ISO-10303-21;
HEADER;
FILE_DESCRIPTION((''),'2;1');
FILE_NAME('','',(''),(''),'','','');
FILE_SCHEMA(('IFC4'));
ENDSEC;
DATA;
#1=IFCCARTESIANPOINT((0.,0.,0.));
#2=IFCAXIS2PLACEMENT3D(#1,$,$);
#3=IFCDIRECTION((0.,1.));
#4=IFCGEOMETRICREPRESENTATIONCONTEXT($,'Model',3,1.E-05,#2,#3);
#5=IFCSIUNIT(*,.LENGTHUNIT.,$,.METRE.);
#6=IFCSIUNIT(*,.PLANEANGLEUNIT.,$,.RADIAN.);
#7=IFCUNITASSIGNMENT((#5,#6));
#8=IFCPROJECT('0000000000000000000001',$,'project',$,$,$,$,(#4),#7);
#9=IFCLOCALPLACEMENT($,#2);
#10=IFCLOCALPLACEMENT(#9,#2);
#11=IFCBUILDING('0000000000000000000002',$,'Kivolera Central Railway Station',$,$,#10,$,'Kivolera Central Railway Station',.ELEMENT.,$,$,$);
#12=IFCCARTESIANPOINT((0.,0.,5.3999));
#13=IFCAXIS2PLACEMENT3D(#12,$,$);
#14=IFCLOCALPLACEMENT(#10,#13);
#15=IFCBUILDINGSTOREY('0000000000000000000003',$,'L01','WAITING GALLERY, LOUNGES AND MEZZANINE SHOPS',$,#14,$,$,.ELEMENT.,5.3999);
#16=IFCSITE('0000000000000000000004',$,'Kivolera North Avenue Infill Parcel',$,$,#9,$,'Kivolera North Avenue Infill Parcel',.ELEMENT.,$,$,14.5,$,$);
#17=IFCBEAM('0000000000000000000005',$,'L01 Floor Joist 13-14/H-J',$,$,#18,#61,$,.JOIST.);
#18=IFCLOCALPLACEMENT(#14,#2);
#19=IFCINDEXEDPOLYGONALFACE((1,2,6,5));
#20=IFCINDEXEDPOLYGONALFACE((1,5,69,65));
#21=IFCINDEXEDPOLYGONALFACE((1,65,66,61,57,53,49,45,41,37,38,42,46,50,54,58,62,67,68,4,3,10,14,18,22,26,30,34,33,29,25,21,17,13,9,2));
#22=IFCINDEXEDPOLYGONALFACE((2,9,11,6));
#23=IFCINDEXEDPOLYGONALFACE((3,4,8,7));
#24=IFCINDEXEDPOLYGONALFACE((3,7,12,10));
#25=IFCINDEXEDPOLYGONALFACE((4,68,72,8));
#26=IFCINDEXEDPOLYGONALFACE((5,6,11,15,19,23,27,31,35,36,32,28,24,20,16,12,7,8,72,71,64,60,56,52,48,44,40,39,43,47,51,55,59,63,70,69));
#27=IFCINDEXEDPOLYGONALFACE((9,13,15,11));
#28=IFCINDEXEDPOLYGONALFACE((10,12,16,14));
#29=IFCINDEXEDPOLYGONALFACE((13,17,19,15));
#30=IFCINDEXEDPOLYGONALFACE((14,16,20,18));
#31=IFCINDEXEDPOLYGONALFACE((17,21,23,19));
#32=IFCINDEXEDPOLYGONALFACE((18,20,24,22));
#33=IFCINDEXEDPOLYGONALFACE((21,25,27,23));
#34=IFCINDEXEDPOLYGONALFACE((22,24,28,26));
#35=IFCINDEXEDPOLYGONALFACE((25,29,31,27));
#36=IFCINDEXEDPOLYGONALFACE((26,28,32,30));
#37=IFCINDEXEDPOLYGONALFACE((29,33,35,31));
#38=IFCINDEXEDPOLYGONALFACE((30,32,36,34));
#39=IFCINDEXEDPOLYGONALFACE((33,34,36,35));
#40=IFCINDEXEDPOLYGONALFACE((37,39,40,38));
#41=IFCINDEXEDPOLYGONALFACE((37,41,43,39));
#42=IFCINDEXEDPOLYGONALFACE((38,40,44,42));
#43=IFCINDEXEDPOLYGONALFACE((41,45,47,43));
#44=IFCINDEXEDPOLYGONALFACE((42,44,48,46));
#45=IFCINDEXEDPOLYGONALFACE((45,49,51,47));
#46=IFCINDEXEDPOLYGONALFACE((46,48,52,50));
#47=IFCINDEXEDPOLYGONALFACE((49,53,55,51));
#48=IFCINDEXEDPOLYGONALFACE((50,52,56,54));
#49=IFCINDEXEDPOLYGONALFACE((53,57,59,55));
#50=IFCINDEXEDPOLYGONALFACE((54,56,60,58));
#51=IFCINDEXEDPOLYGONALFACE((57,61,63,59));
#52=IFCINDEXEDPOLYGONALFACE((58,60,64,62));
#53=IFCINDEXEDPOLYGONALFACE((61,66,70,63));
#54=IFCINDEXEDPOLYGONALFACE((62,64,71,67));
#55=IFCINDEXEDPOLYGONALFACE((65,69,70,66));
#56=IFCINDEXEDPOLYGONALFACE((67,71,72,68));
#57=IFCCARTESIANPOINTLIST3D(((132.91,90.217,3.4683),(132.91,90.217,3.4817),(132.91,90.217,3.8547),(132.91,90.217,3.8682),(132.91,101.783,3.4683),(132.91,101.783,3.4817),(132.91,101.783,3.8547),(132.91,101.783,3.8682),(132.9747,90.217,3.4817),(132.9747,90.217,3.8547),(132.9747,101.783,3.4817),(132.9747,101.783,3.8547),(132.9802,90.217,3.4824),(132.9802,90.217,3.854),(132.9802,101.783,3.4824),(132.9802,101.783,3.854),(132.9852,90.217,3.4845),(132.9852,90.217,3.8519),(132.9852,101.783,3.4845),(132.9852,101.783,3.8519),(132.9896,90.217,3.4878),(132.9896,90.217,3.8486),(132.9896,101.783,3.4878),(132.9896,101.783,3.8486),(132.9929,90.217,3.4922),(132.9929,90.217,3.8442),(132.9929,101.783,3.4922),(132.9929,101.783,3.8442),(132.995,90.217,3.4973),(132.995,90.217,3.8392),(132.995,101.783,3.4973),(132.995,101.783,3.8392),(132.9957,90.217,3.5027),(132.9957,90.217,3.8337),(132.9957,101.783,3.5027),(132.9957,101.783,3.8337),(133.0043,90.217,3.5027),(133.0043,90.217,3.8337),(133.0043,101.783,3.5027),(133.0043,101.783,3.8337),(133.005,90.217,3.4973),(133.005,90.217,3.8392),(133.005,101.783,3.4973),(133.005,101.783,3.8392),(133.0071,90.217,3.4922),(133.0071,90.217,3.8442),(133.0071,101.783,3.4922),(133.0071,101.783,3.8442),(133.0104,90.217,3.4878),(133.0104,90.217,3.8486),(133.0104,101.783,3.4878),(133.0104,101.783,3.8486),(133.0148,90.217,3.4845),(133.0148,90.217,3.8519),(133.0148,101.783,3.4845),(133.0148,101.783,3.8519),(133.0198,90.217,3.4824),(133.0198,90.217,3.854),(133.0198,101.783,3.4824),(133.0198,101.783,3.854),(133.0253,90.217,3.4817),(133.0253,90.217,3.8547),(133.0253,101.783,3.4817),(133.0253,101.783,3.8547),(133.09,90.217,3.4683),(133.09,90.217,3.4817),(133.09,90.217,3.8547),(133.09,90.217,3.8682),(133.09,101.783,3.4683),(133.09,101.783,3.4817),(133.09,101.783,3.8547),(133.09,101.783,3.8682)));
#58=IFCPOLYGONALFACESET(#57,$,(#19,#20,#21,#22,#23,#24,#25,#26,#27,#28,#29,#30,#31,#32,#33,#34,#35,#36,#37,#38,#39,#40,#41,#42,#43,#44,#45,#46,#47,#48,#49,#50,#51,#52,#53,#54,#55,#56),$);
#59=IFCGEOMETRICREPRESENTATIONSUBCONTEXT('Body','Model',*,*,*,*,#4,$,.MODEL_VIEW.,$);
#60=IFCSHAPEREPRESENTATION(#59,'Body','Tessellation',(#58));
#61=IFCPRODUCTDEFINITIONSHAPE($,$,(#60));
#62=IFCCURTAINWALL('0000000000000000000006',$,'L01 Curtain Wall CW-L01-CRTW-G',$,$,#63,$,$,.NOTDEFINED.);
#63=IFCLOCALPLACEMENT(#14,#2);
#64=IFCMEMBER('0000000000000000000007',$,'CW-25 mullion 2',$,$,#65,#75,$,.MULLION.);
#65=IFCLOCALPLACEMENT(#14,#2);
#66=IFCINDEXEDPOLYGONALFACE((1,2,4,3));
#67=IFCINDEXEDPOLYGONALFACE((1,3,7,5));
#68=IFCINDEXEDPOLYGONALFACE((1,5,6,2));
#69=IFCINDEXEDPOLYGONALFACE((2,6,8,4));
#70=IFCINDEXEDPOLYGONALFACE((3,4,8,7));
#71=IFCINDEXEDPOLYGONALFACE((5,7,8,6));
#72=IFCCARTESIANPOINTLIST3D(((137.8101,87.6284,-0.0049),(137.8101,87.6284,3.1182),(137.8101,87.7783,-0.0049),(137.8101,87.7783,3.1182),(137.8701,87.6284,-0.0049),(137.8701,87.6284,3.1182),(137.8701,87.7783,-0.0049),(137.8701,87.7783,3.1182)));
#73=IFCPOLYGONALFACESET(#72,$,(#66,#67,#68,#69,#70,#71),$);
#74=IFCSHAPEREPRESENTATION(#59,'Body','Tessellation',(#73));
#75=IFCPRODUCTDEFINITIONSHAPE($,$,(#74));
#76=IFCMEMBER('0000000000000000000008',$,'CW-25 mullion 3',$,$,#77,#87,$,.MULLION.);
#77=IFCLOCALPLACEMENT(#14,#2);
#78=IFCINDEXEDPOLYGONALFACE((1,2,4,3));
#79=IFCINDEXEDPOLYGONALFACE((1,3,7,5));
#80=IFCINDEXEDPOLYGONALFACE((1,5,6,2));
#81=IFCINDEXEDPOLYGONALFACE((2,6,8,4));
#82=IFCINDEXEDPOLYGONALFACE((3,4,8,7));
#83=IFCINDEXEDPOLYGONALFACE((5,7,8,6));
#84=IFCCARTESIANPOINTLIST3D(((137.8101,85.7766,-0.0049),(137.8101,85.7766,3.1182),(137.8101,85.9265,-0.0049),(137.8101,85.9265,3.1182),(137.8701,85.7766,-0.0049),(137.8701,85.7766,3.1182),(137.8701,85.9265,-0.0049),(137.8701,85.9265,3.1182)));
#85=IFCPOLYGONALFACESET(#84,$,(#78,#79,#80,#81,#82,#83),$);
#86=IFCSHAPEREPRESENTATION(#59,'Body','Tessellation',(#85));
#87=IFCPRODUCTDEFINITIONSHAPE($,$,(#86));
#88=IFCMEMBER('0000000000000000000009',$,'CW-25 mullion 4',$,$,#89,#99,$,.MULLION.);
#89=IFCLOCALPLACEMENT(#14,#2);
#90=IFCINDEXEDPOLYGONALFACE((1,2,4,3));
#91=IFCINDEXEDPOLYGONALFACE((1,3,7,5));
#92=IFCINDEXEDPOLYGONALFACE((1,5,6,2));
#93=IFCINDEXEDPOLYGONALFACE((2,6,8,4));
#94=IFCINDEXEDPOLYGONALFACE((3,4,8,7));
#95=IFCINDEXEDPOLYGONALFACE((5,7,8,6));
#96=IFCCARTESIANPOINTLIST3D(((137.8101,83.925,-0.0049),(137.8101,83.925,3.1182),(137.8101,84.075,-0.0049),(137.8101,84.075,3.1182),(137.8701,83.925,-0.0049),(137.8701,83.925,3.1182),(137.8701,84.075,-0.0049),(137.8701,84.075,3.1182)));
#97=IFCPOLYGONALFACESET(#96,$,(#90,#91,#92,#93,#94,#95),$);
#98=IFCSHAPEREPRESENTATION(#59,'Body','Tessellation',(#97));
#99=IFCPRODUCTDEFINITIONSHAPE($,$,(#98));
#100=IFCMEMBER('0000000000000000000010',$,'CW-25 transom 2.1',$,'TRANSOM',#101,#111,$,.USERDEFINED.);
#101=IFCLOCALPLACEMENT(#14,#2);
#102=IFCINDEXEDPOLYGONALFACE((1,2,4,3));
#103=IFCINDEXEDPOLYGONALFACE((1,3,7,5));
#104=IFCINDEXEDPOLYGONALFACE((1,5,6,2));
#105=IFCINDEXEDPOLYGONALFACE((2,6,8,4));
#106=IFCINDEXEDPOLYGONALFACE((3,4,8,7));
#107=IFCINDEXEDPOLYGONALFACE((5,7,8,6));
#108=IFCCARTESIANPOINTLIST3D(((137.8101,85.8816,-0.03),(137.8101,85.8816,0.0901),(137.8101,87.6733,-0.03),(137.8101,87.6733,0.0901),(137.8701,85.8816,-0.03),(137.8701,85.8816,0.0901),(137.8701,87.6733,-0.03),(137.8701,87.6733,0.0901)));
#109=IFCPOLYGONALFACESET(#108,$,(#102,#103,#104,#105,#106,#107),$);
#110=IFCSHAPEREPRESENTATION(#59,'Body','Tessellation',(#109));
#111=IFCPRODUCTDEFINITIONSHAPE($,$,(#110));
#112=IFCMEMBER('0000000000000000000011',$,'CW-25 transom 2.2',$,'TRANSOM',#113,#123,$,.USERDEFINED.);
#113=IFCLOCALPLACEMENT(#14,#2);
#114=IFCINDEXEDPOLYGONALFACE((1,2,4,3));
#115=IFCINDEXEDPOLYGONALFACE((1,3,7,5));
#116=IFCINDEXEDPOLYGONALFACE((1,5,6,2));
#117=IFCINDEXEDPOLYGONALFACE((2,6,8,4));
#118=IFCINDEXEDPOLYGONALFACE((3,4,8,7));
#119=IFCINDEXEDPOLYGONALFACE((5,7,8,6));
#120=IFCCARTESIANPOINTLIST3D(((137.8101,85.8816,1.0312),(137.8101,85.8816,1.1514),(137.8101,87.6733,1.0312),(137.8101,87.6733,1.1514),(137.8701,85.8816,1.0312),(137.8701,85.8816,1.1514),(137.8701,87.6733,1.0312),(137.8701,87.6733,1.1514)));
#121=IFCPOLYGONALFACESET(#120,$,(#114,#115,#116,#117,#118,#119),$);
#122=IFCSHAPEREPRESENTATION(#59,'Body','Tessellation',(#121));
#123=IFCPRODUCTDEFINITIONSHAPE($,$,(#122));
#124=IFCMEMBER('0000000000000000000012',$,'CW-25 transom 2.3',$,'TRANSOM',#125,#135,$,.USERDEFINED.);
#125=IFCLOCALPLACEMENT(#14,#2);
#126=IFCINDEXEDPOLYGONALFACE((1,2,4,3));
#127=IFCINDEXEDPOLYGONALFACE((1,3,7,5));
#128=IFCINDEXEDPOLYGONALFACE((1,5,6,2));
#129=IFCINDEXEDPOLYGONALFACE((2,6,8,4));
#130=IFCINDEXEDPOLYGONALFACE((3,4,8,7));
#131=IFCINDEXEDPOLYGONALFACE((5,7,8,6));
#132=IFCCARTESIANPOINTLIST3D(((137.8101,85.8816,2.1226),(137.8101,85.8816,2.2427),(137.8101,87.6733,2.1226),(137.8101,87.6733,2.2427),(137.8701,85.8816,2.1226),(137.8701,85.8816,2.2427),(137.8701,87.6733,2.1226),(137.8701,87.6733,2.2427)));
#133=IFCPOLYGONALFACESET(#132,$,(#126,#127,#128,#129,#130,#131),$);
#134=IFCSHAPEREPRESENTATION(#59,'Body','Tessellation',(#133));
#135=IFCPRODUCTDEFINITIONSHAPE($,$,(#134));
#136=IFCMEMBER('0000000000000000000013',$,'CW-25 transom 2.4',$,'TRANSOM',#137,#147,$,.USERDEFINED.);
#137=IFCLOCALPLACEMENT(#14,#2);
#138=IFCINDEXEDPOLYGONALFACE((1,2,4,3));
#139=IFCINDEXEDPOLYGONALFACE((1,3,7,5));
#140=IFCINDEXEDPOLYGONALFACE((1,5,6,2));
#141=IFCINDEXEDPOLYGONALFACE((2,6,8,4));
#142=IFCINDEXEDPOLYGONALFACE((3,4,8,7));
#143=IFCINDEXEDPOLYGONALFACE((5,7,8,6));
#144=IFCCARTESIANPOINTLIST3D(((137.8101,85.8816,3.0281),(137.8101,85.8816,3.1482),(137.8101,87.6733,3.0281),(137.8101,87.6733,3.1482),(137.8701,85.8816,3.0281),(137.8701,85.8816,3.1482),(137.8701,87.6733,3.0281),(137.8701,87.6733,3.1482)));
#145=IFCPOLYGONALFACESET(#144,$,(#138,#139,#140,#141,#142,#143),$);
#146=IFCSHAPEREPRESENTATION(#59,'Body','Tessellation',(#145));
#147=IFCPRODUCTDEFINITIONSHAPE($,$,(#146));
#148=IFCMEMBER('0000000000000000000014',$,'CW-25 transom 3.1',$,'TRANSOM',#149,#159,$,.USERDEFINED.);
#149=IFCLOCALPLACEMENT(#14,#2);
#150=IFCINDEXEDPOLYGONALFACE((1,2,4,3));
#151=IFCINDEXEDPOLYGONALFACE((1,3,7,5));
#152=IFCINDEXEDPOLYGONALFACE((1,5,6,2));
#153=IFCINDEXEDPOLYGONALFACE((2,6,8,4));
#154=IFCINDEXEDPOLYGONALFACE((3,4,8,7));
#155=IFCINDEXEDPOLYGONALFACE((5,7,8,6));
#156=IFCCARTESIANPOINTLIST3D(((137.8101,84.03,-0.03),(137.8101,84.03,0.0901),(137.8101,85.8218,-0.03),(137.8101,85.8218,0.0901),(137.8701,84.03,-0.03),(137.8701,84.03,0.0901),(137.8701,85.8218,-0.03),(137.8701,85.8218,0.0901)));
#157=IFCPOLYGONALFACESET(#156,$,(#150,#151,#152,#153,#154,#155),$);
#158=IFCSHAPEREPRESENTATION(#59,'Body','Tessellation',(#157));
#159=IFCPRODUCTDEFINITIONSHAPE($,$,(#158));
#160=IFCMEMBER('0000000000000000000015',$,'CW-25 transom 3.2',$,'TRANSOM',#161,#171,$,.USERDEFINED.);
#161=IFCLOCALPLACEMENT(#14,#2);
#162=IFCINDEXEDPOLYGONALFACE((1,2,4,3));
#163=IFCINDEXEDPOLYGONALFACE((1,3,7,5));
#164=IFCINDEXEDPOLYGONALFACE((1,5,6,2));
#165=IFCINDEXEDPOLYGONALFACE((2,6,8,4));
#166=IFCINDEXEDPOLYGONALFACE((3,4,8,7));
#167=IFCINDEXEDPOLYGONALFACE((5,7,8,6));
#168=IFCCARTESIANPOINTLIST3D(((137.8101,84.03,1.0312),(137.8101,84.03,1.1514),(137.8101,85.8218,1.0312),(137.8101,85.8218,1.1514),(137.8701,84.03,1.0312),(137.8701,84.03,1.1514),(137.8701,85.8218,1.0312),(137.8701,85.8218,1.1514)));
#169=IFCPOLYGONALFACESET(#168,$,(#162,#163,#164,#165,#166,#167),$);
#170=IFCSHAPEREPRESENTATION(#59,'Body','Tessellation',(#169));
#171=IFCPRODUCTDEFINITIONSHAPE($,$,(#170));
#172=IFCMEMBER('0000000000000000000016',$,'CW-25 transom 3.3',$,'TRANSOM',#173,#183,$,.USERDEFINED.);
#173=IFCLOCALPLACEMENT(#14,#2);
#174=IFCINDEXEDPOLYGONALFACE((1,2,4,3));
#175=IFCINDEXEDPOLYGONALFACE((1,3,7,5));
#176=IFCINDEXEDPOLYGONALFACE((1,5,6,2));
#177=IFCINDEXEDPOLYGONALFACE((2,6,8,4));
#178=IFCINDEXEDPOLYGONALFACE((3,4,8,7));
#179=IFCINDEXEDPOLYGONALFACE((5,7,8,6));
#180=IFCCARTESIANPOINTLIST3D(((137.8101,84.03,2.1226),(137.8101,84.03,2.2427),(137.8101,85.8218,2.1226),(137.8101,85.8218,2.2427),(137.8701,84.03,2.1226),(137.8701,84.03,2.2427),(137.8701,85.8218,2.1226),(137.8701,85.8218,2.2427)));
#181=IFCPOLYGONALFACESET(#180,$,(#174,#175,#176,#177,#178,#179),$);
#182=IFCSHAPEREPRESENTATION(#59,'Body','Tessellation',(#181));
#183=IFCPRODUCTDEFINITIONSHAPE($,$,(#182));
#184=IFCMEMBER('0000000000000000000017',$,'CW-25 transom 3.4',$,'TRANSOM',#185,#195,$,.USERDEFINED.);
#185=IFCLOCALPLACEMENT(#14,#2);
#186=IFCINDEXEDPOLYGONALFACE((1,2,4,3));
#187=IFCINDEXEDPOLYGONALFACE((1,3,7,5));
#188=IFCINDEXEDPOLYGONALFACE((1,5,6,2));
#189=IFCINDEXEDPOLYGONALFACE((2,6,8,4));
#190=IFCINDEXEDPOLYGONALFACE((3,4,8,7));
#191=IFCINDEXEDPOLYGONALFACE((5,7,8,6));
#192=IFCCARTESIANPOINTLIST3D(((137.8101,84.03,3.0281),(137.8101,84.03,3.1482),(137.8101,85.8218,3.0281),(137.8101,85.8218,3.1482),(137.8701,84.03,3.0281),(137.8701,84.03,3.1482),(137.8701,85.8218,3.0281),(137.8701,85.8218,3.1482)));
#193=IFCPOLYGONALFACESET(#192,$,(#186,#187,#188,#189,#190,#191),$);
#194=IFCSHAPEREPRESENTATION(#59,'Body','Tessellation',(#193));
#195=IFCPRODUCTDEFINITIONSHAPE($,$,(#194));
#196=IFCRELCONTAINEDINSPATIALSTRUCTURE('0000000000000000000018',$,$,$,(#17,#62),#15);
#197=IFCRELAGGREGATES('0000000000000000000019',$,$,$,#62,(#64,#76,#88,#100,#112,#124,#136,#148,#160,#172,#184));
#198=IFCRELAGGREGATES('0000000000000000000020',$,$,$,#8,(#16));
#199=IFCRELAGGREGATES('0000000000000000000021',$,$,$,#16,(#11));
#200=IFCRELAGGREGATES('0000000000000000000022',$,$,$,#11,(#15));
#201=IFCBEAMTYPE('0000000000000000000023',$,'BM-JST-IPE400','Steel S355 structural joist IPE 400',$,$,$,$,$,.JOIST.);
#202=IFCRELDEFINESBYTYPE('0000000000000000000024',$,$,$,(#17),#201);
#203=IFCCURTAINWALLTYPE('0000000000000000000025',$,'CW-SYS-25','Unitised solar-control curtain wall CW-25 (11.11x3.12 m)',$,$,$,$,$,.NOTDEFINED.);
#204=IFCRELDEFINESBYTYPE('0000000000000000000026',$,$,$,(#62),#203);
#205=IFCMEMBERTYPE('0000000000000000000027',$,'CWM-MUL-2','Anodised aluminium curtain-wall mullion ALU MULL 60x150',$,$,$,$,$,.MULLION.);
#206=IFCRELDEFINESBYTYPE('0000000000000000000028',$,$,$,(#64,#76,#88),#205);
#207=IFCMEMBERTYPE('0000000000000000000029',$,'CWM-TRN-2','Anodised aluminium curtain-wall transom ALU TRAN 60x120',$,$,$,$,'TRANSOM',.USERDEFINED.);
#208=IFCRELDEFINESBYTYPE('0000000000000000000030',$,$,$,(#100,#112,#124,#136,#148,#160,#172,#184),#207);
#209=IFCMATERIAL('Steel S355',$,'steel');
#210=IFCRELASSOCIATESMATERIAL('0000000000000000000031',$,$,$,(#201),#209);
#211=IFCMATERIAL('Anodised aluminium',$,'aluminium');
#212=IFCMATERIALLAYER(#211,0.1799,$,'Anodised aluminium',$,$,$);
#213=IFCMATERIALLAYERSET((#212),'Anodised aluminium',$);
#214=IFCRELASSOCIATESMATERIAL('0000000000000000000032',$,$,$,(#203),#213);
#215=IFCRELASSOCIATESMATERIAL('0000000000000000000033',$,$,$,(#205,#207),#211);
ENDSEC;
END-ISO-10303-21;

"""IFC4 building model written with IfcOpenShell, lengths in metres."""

from ifc_helpers import new_model, si_unit, direction, frame, origin, origin_2d, place, context, subcontext, project, spatial, rectangle, i_section, extrude, material, layer, layer_set, material_profile, profile_set, type_object, element, aggregate, save


model = new_model("IFC4")

# Units and contexts
model_context = context("Model", 3, precision=1e-05, world=origin(), true_north=direction((0.0, 1.0)))
body_context = subcontext(model_context, "Body", "Model", "MODEL_VIEW")
ifc_project = project(units=[si_unit("LENGTHUNIT", "METRE"), si_unit("PLANEANGLEUNIT", "RADIAN")], contexts=[model_context])

# Site, building, storey
site_placement = place(None, origin())
site = spatial("IfcSite", under=ifc_project, at=site_placement, Name="Kivolera North Avenue Infill Parcel", LongName="Kivolera North Avenue Infill Parcel", CompositionType="ELEMENT", RefElevation=14.5)
building_placement = place(site_placement, origin())
building = spatial("IfcBuilding", under=site, at=building_placement, Name="Kivolera Central Railway Station", LongName="Kivolera Central Railway Station", CompositionType="ELEMENT")
storey_placement = place(building_placement, frame((0.0, 0.0, 5.3999)))
storey = spatial("IfcBuildingStorey", under=building, at=storey_placement, Name="L01", Description="WAITING GALLERY, LOUNGES AND MEZZANINE SHOPS", CompositionType="ELEMENT", Elevation=5.3999)

# Beam
ifc_material_1 = material(Name="Steel S355", Category="steel")
ifc_material_profile_1 = material_profile(ifc_material_1, i_section(OverallWidth=0.1799, OverallDepth=0.3999, WebThickness=0.0085, FlangeThickness=0.0134, FilletRadius=0.021, at=origin_2d()), Name="IPE 400")
ifc_profile_set_1 = profile_set([ifc_material_profile_1], Name="Steel S355")
beam_type = type_object("IfcBeamType", Name="BM-JST-IPE400", Description="Steel S355 structural joist IPE 400", PredefinedType="JOIST", material=ifc_profile_set_1)
beam_placement = place(storey_placement, frame((133.0, 90.217, 3.6682), z_axis=(0.0, 1.0, 0.0), x_axis=(-1.0, 0.0, 0.0)))
element("IfcBeam", 1, at=beam_placement, inside=storey, type_object=beam_type, Name="L01 Floor Joist 13-14/H-J", PredefinedType="JOIST", context=body_context, shape_type="SweptSolid", body=[
    extrude(i_section(OverallWidth=0.1799, OverallDepth=0.3999, WebThickness=0.0085, FlangeThickness=0.0134, FilletRadius=0.021, at=origin_2d()), origin(), (0.0, 0.0, 1.0), 11.5659),
])

# Curtain wall, members
ifc_material_2 = material(Name="Anodised aluminium", Category="aluminium")
ifc_layer_1 = layer(ifc_material_2, 0.1799, Name="Anodised aluminium")
ifc_layer_set_1 = layer_set([ifc_layer_1], Name="Anodised aluminium")
curtain_wall_type = type_object("IfcCurtainWallType", Name="CW-SYS-25", Description="Unitised solar-control curtain wall CW-25 (11.11x3.12 m)", PredefinedType="NOTDEFINED", material=ifc_layer_set_1)
curtain_wall_placement = place(storey_placement, origin())
curtain_wall = element("IfcCurtainWall", 2, at=curtain_wall_placement, inside=storey, type_object=curtain_wall_type, Name="L01 Curtain Wall CW-L01-CRTW-G", PredefinedType="NOTDEFINED")
ifc_material_profile_2 = material_profile(ifc_material_2, rectangle(XDim=0.0601, YDim=0.1499, at=origin_2d()), Name="ALU MULL 60x150")
ifc_profile_set_2 = profile_set([ifc_material_profile_2], Name="Anodised aluminium")
member_type_1 = type_object("IfcMemberType", Name="CWM-MUL-2", Description="Anodised aluminium curtain-wall mullion ALU MULL 60x150", PredefinedType="MULLION", material=ifc_profile_set_2)
member_1_placement = place(storey_placement, frame((137.8401, 87.7034, -0.0049), z_axis=(0.0, 0.0, 1.0), x_axis=(1.0, 0.0, 0.0)))
member_1 = element("IfcMember", 3, at=member_1_placement, type_object=member_type_1, Name="CW-25 mullion 2", PredefinedType="MULLION", context=body_context, shape_type="SweptSolid", body=[
    extrude(rectangle(XDim=0.0601, YDim=0.1499, at=origin_2d()), origin(), (0.0, 0.0, 1.0), 3.123),
])
member_2_placement = place(storey_placement, frame((137.8401, 85.8516, -0.0049), z_axis=(0.0, 0.0, 1.0), x_axis=(1.0, 0.0, 0.0)))
member_2 = element("IfcMember", 4, at=member_2_placement, type_object=member_type_1, Name="CW-25 mullion 3", PredefinedType="MULLION", context=body_context, shape_type="SweptSolid", body=[
    extrude(rectangle(XDim=0.0601, YDim=0.1499, at=origin_2d()), origin(), (0.0, 0.0, 1.0), 3.123),
])
member_3_placement = place(storey_placement, frame((137.8401, 84.0, -0.0049), z_axis=(0.0, 0.0, 1.0), x_axis=(1.0, 0.0, 0.0)))
member_3 = element("IfcMember", 5, at=member_3_placement, type_object=member_type_1, Name="CW-25 mullion 4", PredefinedType="MULLION", context=body_context, shape_type="SweptSolid", body=[
    extrude(rectangle(XDim=0.0601, YDim=0.1499, at=origin_2d()), origin(), (0.0, 0.0, 1.0), 3.123),
])
ifc_material_profile_3 = material_profile(ifc_material_2, rectangle(XDim=0.0601, YDim=0.1201, at=origin_2d()), Name="ALU TRAN 60x120")
ifc_profile_set_3 = profile_set([ifc_material_profile_3], Name="Anodised aluminium")
member_type_2 = type_object("IfcMemberType", Name="CWM-TRN-2", Description="Anodised aluminium curtain-wall transom ALU TRAN 60x120", ElementType="TRANSOM", PredefinedType="USERDEFINED", material=ifc_profile_set_3)
member_4_placement = place(storey_placement, frame((137.8401, 87.6733, 0.03), z_axis=(0.0, -1.0, 0.0), x_axis=(1.0, 0.0, 0.0)))
member_4 = element("IfcMember", 6, at=member_4_placement, type_object=member_type_2, Name="CW-25 transom 2.1", ObjectType="TRANSOM", PredefinedType="USERDEFINED", context=body_context, shape_type="SweptSolid", body=[
    extrude(rectangle(XDim=0.0601, YDim=0.1201, at=origin_2d()), origin(), (0.0, 0.0, 1.0), 1.7917),
])
member_5_placement = place(storey_placement, frame((137.8401, 87.6733, 1.0913), z_axis=(0.0, -1.0, 0.0), x_axis=(1.0, 0.0, 0.0)))
member_5 = element("IfcMember", 7, at=member_5_placement, type_object=member_type_2, Name="CW-25 transom 2.2", ObjectType="TRANSOM", PredefinedType="USERDEFINED", context=body_context, shape_type="SweptSolid", body=[
    extrude(rectangle(XDim=0.0601, YDim=0.1201, at=origin_2d()), origin(), (0.0, 0.0, 1.0), 1.7917),
])
member_6_placement = place(storey_placement, frame((137.8401, 87.6733, 2.1826), z_axis=(0.0, -1.0, 0.0), x_axis=(1.0, 0.0, 0.0)))
member_6 = element("IfcMember", 8, at=member_6_placement, type_object=member_type_2, Name="CW-25 transom 2.3", ObjectType="TRANSOM", PredefinedType="USERDEFINED", context=body_context, shape_type="SweptSolid", body=[
    extrude(rectangle(XDim=0.0601, YDim=0.1201, at=origin_2d()), origin(), (0.0, 0.0, 1.0), 1.7917),
])
member_7_placement = place(storey_placement, frame((137.8401, 87.6733, 3.0881), z_axis=(0.0, -1.0, 0.0), x_axis=(1.0, 0.0, 0.0)))
member_7 = element("IfcMember", 9, at=member_7_placement, type_object=member_type_2, Name="CW-25 transom 2.4", ObjectType="TRANSOM", PredefinedType="USERDEFINED", context=body_context, shape_type="SweptSolid", body=[
    extrude(rectangle(XDim=0.0601, YDim=0.1201, at=origin_2d()), origin(), (0.0, 0.0, 1.0), 1.7917),
])
member_8_placement = place(storey_placement, frame((137.8401, 85.8218, 0.03), z_axis=(0.0, -1.0, 0.0), x_axis=(1.0, 0.0, 0.0)))
member_8 = element("IfcMember", 10, at=member_8_placement, type_object=member_type_2, Name="CW-25 transom 3.1", ObjectType="TRANSOM", PredefinedType="USERDEFINED", context=body_context, shape_type="SweptSolid", body=[
    extrude(rectangle(XDim=0.0601, YDim=0.1201, at=origin_2d()), origin(), (0.0, 0.0, 1.0), 1.7917),
])
member_9_placement = place(storey_placement, frame((137.8401, 85.8218, 1.0913), z_axis=(0.0, -1.0, 0.0), x_axis=(1.0, 0.0, 0.0)))
member_9 = element("IfcMember", 11, at=member_9_placement, type_object=member_type_2, Name="CW-25 transom 3.2", ObjectType="TRANSOM", PredefinedType="USERDEFINED", context=body_context, shape_type="SweptSolid", body=[
    extrude(rectangle(XDim=0.0601, YDim=0.1201, at=origin_2d()), origin(), (0.0, 0.0, 1.0), 1.7917),
])
member_10_placement = place(storey_placement, frame((137.8401, 85.8218, 2.1826), z_axis=(0.0, -1.0, 0.0), x_axis=(1.0, 0.0, 0.0)))
member_10 = element("IfcMember", 12, at=member_10_placement, type_object=member_type_2, Name="CW-25 transom 3.3", ObjectType="TRANSOM", PredefinedType="USERDEFINED", context=body_context, shape_type="SweptSolid", body=[
    extrude(rectangle(XDim=0.0601, YDim=0.1201, at=origin_2d()), origin(), (0.0, 0.0, 1.0), 1.7917),
])
member_11_placement = place(storey_placement, frame((137.8401, 85.8218, 3.0881), z_axis=(0.0, -1.0, 0.0), x_axis=(1.0, 0.0, 0.0)))
member_11 = element("IfcMember", 13, at=member_11_placement, type_object=member_type_2, Name="CW-25 transom 3.4", ObjectType="TRANSOM", PredefinedType="USERDEFINED", context=body_context, shape_type="SweptSolid", body=[
    extrude(rectangle(XDim=0.0601, YDim=0.1201, at=origin_2d()), origin(), (0.0, 0.0, 1.0), 1.7917),
])
aggregate(curtain_wall, [member_1, member_2, member_3, member_4, member_5, member_6, member_7, member_8, member_9, member_10, member_11])

save(model, "model.ifc")
